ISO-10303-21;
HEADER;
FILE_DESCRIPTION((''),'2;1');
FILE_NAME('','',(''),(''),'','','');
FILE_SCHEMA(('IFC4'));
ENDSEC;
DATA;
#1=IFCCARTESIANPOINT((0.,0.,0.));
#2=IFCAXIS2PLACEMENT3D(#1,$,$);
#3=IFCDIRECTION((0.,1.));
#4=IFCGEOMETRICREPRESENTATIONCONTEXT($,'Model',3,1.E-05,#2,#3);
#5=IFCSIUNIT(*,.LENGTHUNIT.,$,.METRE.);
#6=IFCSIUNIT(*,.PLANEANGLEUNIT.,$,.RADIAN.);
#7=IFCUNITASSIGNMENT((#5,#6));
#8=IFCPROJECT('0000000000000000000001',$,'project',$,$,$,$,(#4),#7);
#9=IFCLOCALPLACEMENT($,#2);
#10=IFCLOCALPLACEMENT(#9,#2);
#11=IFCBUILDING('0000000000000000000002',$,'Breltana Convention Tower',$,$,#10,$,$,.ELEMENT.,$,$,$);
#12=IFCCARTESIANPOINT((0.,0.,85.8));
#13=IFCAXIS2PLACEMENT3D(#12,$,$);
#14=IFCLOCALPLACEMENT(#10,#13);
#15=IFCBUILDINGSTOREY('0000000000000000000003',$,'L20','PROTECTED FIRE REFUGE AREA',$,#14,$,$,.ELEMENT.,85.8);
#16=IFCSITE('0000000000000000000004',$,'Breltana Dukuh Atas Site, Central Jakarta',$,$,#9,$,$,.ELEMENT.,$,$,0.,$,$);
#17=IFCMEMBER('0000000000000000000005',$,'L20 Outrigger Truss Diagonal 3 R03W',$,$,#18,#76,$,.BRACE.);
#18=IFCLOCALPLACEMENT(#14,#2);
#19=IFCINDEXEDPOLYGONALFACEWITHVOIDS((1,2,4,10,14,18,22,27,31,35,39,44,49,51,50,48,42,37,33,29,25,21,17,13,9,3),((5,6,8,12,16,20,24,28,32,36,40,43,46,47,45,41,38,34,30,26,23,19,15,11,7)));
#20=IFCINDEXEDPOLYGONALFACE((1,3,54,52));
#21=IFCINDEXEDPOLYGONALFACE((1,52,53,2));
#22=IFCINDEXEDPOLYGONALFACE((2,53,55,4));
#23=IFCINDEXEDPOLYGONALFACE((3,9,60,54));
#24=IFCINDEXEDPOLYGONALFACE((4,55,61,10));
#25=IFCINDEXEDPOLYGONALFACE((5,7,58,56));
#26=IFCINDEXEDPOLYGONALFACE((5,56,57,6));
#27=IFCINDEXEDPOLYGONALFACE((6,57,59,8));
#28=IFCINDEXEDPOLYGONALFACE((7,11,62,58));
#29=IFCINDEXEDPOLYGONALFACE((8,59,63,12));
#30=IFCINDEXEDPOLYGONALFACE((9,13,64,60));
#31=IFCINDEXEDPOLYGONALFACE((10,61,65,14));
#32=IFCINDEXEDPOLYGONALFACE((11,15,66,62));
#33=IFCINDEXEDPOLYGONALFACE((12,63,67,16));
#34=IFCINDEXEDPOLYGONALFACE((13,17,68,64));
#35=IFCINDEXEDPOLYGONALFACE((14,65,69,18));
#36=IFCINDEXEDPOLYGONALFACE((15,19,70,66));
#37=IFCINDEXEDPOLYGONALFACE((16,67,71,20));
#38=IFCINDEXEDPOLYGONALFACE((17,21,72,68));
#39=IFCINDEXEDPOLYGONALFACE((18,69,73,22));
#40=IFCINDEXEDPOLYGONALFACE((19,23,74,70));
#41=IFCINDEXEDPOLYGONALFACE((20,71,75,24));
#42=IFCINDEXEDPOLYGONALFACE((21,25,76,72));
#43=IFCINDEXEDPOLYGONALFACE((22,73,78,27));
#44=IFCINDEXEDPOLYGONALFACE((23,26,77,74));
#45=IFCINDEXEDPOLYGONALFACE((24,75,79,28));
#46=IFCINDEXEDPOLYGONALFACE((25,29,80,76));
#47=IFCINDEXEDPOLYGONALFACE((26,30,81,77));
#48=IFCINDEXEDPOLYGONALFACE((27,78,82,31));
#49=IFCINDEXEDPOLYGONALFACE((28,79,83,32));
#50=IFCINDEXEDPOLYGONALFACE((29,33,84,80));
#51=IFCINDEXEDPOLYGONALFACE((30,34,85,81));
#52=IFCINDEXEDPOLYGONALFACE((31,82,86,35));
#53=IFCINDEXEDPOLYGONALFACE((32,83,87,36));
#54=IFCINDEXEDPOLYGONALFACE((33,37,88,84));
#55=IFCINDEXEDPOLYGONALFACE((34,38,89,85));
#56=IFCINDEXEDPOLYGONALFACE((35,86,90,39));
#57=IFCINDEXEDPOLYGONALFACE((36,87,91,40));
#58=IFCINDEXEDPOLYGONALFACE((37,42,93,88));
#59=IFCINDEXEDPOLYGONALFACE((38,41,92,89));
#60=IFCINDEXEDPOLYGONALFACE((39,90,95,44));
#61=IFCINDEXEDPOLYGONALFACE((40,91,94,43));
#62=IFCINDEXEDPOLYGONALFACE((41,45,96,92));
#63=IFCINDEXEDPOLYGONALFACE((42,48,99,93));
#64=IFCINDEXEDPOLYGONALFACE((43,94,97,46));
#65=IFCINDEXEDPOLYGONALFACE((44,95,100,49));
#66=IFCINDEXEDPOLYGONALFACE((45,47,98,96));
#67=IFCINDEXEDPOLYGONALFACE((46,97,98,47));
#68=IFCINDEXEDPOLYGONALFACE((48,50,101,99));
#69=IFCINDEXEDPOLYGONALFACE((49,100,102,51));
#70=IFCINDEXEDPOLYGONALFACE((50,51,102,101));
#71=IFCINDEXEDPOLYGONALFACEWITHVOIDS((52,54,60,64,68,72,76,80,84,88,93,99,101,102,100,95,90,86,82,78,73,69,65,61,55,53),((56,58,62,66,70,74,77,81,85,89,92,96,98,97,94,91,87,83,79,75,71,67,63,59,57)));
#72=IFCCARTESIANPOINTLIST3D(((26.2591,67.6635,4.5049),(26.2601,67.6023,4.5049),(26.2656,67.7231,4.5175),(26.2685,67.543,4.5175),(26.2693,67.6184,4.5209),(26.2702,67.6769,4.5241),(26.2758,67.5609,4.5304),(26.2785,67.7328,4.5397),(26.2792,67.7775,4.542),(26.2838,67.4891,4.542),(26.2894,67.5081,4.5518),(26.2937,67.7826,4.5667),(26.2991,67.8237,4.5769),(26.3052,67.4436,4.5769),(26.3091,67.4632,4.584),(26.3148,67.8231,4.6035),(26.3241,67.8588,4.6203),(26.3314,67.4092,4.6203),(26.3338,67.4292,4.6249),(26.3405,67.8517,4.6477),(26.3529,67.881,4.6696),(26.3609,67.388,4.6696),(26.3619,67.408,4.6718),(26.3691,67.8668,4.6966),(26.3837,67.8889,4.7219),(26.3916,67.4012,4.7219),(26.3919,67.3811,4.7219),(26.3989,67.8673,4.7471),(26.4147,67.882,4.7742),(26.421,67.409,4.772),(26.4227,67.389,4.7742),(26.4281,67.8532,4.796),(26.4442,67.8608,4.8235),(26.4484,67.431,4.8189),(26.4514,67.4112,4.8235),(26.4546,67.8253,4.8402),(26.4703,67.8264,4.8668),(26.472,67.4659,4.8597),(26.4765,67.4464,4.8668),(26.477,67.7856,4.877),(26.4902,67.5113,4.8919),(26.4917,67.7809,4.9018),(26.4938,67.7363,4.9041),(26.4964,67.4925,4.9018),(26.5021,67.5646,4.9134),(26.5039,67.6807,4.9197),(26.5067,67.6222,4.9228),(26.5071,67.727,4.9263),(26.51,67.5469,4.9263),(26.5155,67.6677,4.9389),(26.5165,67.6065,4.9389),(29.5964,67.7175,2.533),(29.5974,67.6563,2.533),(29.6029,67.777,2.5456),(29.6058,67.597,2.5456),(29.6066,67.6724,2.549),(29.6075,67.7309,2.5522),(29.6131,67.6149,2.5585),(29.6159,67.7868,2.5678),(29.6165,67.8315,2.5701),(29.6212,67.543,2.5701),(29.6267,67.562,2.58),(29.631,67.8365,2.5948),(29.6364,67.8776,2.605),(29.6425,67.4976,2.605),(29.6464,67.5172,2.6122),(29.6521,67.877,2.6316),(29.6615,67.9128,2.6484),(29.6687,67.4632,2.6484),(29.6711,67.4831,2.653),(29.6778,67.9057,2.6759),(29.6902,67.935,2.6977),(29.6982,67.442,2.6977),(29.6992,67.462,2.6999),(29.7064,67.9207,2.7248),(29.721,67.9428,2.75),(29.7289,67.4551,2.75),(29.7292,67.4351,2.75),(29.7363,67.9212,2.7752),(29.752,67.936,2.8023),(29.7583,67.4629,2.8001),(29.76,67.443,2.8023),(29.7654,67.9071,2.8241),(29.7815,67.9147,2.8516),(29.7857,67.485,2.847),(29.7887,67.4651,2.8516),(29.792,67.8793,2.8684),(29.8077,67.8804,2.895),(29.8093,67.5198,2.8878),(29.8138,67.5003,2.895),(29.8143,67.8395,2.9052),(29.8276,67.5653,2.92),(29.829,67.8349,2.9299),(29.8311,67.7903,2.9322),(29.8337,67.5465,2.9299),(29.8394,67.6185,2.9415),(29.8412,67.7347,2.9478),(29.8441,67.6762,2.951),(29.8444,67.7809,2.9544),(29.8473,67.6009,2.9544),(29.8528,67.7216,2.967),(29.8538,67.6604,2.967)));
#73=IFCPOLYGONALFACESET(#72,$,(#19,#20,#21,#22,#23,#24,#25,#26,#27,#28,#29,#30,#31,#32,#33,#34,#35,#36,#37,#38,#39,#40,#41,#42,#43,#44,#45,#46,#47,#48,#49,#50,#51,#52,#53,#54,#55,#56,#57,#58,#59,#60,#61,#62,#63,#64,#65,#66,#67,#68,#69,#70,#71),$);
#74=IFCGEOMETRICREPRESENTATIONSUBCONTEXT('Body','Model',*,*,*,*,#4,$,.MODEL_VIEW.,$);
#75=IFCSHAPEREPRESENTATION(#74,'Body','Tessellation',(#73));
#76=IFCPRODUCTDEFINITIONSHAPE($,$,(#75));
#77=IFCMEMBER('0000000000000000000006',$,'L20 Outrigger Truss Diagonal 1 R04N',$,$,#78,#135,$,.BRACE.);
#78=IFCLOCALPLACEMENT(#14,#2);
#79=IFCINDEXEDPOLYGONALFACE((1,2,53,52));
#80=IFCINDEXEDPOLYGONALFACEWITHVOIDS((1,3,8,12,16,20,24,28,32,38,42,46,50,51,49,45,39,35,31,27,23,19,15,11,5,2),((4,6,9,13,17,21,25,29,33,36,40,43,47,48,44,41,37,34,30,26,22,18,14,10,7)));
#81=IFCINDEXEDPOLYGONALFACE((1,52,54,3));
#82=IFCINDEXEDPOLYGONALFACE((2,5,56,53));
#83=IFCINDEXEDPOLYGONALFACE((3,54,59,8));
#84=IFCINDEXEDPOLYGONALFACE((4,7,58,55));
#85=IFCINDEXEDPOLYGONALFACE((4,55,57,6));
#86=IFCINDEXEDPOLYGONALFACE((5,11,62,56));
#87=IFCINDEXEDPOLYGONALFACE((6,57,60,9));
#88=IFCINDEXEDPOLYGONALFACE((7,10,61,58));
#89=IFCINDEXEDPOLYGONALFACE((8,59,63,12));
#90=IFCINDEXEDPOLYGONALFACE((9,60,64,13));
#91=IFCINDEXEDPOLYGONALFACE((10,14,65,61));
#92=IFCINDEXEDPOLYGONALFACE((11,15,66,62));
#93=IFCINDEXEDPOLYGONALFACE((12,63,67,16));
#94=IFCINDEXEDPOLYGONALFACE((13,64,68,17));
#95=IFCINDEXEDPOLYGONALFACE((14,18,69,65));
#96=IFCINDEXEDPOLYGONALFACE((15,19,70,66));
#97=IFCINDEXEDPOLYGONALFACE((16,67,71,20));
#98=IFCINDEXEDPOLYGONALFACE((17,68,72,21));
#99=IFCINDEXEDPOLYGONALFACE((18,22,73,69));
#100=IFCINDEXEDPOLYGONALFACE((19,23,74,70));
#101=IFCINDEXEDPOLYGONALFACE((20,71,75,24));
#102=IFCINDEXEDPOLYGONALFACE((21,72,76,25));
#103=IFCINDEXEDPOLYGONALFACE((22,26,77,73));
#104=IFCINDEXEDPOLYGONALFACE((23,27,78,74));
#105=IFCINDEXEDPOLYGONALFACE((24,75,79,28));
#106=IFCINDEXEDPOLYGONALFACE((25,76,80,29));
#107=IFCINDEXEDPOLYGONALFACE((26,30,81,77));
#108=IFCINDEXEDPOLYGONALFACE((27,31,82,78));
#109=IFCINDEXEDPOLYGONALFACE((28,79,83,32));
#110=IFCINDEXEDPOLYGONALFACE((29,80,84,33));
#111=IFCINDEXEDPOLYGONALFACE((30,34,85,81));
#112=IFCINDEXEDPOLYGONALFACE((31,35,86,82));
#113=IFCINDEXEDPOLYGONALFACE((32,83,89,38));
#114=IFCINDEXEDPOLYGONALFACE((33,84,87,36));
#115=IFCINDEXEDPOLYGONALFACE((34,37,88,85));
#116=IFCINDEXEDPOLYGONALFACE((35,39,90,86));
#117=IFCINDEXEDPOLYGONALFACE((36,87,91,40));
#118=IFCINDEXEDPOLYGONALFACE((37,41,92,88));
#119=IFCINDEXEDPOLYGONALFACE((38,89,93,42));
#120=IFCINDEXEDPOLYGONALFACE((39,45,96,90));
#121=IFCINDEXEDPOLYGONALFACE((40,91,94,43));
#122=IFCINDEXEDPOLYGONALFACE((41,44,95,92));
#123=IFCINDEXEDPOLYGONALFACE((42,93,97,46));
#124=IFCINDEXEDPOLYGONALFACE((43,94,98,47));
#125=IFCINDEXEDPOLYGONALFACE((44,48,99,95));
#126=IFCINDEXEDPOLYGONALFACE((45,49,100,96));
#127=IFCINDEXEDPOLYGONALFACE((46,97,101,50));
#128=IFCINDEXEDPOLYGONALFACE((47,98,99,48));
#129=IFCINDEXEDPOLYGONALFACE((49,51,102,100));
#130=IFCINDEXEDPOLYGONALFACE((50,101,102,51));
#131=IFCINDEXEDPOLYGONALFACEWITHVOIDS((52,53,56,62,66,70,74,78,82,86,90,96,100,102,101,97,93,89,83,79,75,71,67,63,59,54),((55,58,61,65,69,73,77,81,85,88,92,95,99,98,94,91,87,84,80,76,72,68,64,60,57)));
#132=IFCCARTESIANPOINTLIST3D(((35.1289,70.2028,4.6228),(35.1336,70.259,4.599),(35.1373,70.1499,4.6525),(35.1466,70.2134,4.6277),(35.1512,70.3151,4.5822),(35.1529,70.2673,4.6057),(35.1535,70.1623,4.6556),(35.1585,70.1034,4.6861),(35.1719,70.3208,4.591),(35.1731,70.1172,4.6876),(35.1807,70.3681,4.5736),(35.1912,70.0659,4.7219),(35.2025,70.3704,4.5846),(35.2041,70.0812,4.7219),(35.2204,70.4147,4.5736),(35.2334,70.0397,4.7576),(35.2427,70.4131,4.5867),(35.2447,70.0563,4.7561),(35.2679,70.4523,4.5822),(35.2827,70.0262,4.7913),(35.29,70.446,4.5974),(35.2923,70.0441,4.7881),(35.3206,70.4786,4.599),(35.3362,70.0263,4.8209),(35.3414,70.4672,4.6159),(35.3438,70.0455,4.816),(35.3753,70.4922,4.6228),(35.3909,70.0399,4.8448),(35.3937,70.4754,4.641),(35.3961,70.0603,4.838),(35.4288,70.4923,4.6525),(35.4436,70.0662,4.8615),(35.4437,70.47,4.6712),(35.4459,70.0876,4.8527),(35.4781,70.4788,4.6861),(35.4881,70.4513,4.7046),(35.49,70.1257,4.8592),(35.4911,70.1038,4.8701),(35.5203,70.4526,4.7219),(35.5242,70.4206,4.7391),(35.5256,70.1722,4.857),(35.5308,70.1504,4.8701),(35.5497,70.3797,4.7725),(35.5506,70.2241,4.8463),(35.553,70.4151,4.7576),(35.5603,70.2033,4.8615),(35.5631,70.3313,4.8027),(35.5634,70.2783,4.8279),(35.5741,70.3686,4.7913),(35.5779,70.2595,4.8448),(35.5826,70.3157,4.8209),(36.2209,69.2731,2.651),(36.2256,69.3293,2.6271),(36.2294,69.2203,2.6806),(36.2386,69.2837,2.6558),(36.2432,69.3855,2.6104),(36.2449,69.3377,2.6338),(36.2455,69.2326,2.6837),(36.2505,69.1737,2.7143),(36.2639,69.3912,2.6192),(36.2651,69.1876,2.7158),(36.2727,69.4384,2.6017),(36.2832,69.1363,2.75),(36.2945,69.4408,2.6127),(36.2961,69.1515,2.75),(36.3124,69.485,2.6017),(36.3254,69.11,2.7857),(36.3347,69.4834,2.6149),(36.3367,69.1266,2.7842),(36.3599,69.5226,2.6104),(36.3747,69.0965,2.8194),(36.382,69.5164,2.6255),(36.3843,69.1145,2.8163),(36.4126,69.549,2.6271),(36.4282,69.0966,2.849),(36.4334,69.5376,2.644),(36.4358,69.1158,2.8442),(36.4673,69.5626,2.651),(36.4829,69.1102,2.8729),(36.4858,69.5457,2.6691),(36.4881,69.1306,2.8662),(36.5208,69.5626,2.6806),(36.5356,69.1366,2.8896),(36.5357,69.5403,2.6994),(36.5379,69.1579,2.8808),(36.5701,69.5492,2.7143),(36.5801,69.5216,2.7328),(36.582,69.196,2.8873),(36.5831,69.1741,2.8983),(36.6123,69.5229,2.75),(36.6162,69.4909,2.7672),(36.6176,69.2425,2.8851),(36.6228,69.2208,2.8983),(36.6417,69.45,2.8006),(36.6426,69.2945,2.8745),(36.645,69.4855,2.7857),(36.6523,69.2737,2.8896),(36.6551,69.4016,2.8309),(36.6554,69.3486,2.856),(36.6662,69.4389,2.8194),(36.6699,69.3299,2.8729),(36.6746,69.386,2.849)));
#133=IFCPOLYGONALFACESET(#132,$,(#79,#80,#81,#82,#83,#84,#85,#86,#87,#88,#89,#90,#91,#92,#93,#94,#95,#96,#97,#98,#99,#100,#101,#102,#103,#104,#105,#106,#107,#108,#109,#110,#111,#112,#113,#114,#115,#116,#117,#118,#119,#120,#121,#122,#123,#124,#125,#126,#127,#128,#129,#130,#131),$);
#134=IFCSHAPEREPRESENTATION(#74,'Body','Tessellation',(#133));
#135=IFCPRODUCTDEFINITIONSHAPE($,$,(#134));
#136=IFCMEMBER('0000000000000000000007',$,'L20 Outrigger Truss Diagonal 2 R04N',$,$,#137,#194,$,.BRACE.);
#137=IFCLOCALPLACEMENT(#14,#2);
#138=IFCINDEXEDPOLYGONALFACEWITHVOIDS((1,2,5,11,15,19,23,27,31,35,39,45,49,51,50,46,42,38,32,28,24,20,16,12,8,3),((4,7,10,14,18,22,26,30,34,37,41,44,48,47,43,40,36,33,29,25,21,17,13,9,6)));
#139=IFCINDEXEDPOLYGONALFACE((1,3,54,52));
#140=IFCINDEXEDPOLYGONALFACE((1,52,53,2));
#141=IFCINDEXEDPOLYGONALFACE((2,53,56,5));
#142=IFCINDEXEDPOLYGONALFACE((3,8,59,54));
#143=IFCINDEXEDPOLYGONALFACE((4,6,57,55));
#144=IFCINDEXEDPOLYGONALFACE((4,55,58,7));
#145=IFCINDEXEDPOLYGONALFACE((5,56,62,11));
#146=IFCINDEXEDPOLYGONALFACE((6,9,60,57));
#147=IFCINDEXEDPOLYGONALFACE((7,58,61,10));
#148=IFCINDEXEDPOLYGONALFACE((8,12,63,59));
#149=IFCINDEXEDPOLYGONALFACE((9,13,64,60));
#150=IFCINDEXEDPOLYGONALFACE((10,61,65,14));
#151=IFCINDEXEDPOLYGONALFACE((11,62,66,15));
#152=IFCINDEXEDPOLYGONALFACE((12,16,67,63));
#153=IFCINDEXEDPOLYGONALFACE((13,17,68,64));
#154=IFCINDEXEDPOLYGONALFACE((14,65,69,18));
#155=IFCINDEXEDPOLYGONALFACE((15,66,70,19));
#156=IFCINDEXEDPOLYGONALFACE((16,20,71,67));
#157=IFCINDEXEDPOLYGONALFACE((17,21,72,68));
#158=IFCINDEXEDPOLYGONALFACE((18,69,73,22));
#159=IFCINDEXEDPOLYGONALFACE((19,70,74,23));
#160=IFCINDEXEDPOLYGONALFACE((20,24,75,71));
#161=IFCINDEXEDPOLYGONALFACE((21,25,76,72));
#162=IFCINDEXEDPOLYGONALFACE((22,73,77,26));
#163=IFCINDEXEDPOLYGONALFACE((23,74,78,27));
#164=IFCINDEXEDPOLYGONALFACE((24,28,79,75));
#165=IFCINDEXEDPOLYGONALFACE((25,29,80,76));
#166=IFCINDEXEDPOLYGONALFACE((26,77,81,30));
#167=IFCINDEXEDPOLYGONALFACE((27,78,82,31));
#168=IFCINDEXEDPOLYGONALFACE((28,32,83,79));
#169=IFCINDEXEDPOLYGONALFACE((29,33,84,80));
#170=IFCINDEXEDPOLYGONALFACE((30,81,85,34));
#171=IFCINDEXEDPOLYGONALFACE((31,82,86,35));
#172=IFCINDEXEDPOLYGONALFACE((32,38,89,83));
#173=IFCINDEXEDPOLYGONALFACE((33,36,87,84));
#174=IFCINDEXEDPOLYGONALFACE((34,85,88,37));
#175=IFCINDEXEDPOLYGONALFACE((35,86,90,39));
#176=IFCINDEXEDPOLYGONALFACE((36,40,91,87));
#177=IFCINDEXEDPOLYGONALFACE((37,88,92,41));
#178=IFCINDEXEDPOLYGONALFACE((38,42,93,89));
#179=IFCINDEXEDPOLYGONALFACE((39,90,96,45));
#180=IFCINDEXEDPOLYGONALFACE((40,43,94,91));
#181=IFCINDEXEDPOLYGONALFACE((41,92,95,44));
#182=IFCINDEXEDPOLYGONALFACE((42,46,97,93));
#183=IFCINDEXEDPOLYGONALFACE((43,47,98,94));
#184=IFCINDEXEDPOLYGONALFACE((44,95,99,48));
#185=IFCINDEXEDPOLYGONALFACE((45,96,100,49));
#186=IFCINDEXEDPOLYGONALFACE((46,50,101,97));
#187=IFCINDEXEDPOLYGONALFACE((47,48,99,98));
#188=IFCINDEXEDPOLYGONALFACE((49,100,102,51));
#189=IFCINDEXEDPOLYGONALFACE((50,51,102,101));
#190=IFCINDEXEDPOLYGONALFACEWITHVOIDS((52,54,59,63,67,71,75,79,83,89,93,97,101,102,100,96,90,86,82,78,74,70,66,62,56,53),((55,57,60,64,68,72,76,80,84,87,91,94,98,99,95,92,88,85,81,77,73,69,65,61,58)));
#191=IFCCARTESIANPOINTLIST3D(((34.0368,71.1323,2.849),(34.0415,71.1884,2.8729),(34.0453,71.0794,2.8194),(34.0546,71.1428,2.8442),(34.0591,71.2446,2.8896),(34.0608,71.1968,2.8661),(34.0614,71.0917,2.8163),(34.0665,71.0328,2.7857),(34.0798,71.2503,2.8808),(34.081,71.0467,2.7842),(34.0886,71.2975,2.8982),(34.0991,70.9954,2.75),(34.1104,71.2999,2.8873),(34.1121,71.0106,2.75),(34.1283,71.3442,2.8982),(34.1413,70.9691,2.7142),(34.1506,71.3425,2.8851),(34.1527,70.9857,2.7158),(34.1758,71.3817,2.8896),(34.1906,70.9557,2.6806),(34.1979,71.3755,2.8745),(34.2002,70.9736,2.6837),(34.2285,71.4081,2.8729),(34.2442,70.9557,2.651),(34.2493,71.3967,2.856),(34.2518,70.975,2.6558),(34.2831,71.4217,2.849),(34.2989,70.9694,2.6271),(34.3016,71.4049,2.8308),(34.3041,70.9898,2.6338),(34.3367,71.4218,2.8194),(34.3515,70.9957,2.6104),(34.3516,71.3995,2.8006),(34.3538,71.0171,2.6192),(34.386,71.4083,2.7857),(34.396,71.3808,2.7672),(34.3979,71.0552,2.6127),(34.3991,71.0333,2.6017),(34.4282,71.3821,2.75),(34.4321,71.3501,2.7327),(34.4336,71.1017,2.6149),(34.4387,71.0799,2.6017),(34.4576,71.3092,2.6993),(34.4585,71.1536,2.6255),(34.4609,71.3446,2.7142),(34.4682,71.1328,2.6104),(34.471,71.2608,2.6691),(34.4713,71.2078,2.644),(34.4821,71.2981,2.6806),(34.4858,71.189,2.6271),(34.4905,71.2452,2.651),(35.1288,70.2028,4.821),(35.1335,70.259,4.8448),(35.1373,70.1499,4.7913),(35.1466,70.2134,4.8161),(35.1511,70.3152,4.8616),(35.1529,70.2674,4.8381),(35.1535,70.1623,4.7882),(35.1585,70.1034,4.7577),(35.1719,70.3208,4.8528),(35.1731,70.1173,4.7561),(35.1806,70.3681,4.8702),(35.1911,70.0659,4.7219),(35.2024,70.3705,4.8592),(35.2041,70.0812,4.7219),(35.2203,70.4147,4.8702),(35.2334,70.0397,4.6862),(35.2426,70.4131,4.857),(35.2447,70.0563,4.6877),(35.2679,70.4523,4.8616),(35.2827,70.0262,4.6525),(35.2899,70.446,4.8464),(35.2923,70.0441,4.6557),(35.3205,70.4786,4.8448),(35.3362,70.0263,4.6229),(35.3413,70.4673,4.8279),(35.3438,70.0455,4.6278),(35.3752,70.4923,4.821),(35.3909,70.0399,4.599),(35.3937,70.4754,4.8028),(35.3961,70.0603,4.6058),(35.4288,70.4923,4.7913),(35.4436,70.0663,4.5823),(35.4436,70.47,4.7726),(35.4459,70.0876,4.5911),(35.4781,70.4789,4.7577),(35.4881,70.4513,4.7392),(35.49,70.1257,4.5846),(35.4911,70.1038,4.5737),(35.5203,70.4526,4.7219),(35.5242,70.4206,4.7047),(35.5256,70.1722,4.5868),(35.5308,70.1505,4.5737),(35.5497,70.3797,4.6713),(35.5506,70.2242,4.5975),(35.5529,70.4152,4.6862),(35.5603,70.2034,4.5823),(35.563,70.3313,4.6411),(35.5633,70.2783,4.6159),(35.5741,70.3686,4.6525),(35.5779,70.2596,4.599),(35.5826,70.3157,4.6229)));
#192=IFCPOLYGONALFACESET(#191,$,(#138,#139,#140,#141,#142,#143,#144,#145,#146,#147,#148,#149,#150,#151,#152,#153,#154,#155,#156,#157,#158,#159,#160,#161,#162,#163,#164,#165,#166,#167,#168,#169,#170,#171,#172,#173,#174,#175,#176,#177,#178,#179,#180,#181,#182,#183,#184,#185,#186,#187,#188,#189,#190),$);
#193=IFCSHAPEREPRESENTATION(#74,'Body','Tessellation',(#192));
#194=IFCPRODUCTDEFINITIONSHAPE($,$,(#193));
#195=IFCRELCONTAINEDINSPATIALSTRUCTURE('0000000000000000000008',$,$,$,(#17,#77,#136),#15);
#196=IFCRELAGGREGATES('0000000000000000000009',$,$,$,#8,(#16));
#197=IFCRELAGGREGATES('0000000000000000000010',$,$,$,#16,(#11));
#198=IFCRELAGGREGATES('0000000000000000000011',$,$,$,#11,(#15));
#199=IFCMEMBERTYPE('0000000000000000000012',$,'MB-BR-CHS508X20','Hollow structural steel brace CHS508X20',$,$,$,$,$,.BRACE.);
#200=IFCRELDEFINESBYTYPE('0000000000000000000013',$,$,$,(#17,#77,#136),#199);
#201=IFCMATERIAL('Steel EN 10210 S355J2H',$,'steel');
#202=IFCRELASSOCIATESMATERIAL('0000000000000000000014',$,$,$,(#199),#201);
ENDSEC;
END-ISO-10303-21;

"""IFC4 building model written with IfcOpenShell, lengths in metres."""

from ifc_helpers import new_model, si_unit, direction, frame, origin, origin_2d, place, context, subcontext, project, spatial, hollow_circle, extrude, source, transform, mapped, material, material_profile, profile_set, type_object, element, save


model = new_model("IFC4")

# Units and contexts
model_context = context("Model", 3, precision=1e-05, world=origin(), true_north=direction((0.0, 1.0)))
body_context = subcontext(model_context, "Body", "Model", "MODEL_VIEW")
ifc_project = project(units=[si_unit("LENGTHUNIT", "METRE"), si_unit("PLANEANGLEUNIT", "RADIAN")], contexts=[model_context])

# Site, building, storey
site_placement = place(None, origin())
site = spatial("IfcSite", under=ifc_project, at=site_placement, Name="Breltana Dukuh Atas Site, Central Jakarta", CompositionType="ELEMENT", RefElevation=0.0)
building_placement = place(site_placement, origin())
building = spatial("IfcBuilding", under=site, at=building_placement, Name="Breltana Convention Tower", CompositionType="ELEMENT")
storey_placement = place(building_placement, frame((0.0, 0.0, 85.8)))
storey = spatial("IfcBuildingStorey", under=building, at=storey_placement, Name="L20", Description="PROTECTED FIRE REFUGE AREA", CompositionType="ELEMENT", Elevation=85.8)

# Members
ifc_material_1 = material(Name="Steel EN 10210 S355J2H", Category="steel")
ifc_material_profile_1 = material_profile(ifc_material_1, hollow_circle(Radius=0.2539, WallThickness=0.02, at=origin_2d()), Name="CHS508X20")
ifc_profile_set_1 = profile_set([ifc_material_profile_1], Name="Steel EN 10210 S355J2H")
member_type_1 = type_object("IfcMemberType", Name="MB-BR-CHS508X20", Description="Hollow structural steel brace CHS508X20", PredefinedType="BRACE", material=ifc_profile_set_1)
shared_shape_1 = source(origin(), body_context, "Body", "SweptSolid", [
    extrude(hollow_circle(Radius=0.2539, WallThickness=0.02, at=origin_2d()), origin(), (0.0, 0.0, 1.0), 3.8767),
])
for number, where, z_axis, x_axis, name in (
    (1, (29.7251, 67.689, 2.75), (-0.860863, -0.013917, 0.508646), (0.016165, -0.999869, 0.0), "L20 Outrigger Truss Diagonal 3 R03W"),
):
    element("IfcMember", number, at=place(storey_placement, frame(where, z_axis=z_axis, x_axis=x_axis)), inside=storey, type_object=member_type_1, Name=name, PredefinedType="BRACE", context=body_context, shape_type="MappedRepresentation", body=[
        mapped(shared_shape_1, transform((0.0, 0.0, 0.0), scale=1.0)),
    ])
shared_shape_2 = source(origin(), body_context, "Body", "SweptSolid", [
    extrude(hollow_circle(Radius=0.2539, WallThickness=0.02, at=origin_2d()), origin(), (0.0, 0.0, 1.0), 2.4382),
])
for number, where, z_axis, x_axis, name in (
    (2, (36.4478, 69.3296, 2.75), (-0.447868, 0.381284, 0.808726), (-0.648236, -0.761439, 0.0), "L20 Outrigger Truss Diagonal 1 R04N"),
    (3, (35.3557, 70.2593, 4.7219), (-0.447885, 0.381198, -0.808756), (-0.648138, -0.761523, 0.0), "L20 Outrigger Truss Diagonal 2 R04N"),
):
    element("IfcMember", number, at=place(storey_placement, frame(where, z_axis=z_axis, x_axis=x_axis)), inside=storey, type_object=member_type_1, Name=name, PredefinedType="BRACE", context=body_context, shape_type="MappedRepresentation", body=[
        mapped(shared_shape_2, transform((0.0, 0.0, 0.0), scale=1.0)),
    ])

save(model, "model.ifc")
